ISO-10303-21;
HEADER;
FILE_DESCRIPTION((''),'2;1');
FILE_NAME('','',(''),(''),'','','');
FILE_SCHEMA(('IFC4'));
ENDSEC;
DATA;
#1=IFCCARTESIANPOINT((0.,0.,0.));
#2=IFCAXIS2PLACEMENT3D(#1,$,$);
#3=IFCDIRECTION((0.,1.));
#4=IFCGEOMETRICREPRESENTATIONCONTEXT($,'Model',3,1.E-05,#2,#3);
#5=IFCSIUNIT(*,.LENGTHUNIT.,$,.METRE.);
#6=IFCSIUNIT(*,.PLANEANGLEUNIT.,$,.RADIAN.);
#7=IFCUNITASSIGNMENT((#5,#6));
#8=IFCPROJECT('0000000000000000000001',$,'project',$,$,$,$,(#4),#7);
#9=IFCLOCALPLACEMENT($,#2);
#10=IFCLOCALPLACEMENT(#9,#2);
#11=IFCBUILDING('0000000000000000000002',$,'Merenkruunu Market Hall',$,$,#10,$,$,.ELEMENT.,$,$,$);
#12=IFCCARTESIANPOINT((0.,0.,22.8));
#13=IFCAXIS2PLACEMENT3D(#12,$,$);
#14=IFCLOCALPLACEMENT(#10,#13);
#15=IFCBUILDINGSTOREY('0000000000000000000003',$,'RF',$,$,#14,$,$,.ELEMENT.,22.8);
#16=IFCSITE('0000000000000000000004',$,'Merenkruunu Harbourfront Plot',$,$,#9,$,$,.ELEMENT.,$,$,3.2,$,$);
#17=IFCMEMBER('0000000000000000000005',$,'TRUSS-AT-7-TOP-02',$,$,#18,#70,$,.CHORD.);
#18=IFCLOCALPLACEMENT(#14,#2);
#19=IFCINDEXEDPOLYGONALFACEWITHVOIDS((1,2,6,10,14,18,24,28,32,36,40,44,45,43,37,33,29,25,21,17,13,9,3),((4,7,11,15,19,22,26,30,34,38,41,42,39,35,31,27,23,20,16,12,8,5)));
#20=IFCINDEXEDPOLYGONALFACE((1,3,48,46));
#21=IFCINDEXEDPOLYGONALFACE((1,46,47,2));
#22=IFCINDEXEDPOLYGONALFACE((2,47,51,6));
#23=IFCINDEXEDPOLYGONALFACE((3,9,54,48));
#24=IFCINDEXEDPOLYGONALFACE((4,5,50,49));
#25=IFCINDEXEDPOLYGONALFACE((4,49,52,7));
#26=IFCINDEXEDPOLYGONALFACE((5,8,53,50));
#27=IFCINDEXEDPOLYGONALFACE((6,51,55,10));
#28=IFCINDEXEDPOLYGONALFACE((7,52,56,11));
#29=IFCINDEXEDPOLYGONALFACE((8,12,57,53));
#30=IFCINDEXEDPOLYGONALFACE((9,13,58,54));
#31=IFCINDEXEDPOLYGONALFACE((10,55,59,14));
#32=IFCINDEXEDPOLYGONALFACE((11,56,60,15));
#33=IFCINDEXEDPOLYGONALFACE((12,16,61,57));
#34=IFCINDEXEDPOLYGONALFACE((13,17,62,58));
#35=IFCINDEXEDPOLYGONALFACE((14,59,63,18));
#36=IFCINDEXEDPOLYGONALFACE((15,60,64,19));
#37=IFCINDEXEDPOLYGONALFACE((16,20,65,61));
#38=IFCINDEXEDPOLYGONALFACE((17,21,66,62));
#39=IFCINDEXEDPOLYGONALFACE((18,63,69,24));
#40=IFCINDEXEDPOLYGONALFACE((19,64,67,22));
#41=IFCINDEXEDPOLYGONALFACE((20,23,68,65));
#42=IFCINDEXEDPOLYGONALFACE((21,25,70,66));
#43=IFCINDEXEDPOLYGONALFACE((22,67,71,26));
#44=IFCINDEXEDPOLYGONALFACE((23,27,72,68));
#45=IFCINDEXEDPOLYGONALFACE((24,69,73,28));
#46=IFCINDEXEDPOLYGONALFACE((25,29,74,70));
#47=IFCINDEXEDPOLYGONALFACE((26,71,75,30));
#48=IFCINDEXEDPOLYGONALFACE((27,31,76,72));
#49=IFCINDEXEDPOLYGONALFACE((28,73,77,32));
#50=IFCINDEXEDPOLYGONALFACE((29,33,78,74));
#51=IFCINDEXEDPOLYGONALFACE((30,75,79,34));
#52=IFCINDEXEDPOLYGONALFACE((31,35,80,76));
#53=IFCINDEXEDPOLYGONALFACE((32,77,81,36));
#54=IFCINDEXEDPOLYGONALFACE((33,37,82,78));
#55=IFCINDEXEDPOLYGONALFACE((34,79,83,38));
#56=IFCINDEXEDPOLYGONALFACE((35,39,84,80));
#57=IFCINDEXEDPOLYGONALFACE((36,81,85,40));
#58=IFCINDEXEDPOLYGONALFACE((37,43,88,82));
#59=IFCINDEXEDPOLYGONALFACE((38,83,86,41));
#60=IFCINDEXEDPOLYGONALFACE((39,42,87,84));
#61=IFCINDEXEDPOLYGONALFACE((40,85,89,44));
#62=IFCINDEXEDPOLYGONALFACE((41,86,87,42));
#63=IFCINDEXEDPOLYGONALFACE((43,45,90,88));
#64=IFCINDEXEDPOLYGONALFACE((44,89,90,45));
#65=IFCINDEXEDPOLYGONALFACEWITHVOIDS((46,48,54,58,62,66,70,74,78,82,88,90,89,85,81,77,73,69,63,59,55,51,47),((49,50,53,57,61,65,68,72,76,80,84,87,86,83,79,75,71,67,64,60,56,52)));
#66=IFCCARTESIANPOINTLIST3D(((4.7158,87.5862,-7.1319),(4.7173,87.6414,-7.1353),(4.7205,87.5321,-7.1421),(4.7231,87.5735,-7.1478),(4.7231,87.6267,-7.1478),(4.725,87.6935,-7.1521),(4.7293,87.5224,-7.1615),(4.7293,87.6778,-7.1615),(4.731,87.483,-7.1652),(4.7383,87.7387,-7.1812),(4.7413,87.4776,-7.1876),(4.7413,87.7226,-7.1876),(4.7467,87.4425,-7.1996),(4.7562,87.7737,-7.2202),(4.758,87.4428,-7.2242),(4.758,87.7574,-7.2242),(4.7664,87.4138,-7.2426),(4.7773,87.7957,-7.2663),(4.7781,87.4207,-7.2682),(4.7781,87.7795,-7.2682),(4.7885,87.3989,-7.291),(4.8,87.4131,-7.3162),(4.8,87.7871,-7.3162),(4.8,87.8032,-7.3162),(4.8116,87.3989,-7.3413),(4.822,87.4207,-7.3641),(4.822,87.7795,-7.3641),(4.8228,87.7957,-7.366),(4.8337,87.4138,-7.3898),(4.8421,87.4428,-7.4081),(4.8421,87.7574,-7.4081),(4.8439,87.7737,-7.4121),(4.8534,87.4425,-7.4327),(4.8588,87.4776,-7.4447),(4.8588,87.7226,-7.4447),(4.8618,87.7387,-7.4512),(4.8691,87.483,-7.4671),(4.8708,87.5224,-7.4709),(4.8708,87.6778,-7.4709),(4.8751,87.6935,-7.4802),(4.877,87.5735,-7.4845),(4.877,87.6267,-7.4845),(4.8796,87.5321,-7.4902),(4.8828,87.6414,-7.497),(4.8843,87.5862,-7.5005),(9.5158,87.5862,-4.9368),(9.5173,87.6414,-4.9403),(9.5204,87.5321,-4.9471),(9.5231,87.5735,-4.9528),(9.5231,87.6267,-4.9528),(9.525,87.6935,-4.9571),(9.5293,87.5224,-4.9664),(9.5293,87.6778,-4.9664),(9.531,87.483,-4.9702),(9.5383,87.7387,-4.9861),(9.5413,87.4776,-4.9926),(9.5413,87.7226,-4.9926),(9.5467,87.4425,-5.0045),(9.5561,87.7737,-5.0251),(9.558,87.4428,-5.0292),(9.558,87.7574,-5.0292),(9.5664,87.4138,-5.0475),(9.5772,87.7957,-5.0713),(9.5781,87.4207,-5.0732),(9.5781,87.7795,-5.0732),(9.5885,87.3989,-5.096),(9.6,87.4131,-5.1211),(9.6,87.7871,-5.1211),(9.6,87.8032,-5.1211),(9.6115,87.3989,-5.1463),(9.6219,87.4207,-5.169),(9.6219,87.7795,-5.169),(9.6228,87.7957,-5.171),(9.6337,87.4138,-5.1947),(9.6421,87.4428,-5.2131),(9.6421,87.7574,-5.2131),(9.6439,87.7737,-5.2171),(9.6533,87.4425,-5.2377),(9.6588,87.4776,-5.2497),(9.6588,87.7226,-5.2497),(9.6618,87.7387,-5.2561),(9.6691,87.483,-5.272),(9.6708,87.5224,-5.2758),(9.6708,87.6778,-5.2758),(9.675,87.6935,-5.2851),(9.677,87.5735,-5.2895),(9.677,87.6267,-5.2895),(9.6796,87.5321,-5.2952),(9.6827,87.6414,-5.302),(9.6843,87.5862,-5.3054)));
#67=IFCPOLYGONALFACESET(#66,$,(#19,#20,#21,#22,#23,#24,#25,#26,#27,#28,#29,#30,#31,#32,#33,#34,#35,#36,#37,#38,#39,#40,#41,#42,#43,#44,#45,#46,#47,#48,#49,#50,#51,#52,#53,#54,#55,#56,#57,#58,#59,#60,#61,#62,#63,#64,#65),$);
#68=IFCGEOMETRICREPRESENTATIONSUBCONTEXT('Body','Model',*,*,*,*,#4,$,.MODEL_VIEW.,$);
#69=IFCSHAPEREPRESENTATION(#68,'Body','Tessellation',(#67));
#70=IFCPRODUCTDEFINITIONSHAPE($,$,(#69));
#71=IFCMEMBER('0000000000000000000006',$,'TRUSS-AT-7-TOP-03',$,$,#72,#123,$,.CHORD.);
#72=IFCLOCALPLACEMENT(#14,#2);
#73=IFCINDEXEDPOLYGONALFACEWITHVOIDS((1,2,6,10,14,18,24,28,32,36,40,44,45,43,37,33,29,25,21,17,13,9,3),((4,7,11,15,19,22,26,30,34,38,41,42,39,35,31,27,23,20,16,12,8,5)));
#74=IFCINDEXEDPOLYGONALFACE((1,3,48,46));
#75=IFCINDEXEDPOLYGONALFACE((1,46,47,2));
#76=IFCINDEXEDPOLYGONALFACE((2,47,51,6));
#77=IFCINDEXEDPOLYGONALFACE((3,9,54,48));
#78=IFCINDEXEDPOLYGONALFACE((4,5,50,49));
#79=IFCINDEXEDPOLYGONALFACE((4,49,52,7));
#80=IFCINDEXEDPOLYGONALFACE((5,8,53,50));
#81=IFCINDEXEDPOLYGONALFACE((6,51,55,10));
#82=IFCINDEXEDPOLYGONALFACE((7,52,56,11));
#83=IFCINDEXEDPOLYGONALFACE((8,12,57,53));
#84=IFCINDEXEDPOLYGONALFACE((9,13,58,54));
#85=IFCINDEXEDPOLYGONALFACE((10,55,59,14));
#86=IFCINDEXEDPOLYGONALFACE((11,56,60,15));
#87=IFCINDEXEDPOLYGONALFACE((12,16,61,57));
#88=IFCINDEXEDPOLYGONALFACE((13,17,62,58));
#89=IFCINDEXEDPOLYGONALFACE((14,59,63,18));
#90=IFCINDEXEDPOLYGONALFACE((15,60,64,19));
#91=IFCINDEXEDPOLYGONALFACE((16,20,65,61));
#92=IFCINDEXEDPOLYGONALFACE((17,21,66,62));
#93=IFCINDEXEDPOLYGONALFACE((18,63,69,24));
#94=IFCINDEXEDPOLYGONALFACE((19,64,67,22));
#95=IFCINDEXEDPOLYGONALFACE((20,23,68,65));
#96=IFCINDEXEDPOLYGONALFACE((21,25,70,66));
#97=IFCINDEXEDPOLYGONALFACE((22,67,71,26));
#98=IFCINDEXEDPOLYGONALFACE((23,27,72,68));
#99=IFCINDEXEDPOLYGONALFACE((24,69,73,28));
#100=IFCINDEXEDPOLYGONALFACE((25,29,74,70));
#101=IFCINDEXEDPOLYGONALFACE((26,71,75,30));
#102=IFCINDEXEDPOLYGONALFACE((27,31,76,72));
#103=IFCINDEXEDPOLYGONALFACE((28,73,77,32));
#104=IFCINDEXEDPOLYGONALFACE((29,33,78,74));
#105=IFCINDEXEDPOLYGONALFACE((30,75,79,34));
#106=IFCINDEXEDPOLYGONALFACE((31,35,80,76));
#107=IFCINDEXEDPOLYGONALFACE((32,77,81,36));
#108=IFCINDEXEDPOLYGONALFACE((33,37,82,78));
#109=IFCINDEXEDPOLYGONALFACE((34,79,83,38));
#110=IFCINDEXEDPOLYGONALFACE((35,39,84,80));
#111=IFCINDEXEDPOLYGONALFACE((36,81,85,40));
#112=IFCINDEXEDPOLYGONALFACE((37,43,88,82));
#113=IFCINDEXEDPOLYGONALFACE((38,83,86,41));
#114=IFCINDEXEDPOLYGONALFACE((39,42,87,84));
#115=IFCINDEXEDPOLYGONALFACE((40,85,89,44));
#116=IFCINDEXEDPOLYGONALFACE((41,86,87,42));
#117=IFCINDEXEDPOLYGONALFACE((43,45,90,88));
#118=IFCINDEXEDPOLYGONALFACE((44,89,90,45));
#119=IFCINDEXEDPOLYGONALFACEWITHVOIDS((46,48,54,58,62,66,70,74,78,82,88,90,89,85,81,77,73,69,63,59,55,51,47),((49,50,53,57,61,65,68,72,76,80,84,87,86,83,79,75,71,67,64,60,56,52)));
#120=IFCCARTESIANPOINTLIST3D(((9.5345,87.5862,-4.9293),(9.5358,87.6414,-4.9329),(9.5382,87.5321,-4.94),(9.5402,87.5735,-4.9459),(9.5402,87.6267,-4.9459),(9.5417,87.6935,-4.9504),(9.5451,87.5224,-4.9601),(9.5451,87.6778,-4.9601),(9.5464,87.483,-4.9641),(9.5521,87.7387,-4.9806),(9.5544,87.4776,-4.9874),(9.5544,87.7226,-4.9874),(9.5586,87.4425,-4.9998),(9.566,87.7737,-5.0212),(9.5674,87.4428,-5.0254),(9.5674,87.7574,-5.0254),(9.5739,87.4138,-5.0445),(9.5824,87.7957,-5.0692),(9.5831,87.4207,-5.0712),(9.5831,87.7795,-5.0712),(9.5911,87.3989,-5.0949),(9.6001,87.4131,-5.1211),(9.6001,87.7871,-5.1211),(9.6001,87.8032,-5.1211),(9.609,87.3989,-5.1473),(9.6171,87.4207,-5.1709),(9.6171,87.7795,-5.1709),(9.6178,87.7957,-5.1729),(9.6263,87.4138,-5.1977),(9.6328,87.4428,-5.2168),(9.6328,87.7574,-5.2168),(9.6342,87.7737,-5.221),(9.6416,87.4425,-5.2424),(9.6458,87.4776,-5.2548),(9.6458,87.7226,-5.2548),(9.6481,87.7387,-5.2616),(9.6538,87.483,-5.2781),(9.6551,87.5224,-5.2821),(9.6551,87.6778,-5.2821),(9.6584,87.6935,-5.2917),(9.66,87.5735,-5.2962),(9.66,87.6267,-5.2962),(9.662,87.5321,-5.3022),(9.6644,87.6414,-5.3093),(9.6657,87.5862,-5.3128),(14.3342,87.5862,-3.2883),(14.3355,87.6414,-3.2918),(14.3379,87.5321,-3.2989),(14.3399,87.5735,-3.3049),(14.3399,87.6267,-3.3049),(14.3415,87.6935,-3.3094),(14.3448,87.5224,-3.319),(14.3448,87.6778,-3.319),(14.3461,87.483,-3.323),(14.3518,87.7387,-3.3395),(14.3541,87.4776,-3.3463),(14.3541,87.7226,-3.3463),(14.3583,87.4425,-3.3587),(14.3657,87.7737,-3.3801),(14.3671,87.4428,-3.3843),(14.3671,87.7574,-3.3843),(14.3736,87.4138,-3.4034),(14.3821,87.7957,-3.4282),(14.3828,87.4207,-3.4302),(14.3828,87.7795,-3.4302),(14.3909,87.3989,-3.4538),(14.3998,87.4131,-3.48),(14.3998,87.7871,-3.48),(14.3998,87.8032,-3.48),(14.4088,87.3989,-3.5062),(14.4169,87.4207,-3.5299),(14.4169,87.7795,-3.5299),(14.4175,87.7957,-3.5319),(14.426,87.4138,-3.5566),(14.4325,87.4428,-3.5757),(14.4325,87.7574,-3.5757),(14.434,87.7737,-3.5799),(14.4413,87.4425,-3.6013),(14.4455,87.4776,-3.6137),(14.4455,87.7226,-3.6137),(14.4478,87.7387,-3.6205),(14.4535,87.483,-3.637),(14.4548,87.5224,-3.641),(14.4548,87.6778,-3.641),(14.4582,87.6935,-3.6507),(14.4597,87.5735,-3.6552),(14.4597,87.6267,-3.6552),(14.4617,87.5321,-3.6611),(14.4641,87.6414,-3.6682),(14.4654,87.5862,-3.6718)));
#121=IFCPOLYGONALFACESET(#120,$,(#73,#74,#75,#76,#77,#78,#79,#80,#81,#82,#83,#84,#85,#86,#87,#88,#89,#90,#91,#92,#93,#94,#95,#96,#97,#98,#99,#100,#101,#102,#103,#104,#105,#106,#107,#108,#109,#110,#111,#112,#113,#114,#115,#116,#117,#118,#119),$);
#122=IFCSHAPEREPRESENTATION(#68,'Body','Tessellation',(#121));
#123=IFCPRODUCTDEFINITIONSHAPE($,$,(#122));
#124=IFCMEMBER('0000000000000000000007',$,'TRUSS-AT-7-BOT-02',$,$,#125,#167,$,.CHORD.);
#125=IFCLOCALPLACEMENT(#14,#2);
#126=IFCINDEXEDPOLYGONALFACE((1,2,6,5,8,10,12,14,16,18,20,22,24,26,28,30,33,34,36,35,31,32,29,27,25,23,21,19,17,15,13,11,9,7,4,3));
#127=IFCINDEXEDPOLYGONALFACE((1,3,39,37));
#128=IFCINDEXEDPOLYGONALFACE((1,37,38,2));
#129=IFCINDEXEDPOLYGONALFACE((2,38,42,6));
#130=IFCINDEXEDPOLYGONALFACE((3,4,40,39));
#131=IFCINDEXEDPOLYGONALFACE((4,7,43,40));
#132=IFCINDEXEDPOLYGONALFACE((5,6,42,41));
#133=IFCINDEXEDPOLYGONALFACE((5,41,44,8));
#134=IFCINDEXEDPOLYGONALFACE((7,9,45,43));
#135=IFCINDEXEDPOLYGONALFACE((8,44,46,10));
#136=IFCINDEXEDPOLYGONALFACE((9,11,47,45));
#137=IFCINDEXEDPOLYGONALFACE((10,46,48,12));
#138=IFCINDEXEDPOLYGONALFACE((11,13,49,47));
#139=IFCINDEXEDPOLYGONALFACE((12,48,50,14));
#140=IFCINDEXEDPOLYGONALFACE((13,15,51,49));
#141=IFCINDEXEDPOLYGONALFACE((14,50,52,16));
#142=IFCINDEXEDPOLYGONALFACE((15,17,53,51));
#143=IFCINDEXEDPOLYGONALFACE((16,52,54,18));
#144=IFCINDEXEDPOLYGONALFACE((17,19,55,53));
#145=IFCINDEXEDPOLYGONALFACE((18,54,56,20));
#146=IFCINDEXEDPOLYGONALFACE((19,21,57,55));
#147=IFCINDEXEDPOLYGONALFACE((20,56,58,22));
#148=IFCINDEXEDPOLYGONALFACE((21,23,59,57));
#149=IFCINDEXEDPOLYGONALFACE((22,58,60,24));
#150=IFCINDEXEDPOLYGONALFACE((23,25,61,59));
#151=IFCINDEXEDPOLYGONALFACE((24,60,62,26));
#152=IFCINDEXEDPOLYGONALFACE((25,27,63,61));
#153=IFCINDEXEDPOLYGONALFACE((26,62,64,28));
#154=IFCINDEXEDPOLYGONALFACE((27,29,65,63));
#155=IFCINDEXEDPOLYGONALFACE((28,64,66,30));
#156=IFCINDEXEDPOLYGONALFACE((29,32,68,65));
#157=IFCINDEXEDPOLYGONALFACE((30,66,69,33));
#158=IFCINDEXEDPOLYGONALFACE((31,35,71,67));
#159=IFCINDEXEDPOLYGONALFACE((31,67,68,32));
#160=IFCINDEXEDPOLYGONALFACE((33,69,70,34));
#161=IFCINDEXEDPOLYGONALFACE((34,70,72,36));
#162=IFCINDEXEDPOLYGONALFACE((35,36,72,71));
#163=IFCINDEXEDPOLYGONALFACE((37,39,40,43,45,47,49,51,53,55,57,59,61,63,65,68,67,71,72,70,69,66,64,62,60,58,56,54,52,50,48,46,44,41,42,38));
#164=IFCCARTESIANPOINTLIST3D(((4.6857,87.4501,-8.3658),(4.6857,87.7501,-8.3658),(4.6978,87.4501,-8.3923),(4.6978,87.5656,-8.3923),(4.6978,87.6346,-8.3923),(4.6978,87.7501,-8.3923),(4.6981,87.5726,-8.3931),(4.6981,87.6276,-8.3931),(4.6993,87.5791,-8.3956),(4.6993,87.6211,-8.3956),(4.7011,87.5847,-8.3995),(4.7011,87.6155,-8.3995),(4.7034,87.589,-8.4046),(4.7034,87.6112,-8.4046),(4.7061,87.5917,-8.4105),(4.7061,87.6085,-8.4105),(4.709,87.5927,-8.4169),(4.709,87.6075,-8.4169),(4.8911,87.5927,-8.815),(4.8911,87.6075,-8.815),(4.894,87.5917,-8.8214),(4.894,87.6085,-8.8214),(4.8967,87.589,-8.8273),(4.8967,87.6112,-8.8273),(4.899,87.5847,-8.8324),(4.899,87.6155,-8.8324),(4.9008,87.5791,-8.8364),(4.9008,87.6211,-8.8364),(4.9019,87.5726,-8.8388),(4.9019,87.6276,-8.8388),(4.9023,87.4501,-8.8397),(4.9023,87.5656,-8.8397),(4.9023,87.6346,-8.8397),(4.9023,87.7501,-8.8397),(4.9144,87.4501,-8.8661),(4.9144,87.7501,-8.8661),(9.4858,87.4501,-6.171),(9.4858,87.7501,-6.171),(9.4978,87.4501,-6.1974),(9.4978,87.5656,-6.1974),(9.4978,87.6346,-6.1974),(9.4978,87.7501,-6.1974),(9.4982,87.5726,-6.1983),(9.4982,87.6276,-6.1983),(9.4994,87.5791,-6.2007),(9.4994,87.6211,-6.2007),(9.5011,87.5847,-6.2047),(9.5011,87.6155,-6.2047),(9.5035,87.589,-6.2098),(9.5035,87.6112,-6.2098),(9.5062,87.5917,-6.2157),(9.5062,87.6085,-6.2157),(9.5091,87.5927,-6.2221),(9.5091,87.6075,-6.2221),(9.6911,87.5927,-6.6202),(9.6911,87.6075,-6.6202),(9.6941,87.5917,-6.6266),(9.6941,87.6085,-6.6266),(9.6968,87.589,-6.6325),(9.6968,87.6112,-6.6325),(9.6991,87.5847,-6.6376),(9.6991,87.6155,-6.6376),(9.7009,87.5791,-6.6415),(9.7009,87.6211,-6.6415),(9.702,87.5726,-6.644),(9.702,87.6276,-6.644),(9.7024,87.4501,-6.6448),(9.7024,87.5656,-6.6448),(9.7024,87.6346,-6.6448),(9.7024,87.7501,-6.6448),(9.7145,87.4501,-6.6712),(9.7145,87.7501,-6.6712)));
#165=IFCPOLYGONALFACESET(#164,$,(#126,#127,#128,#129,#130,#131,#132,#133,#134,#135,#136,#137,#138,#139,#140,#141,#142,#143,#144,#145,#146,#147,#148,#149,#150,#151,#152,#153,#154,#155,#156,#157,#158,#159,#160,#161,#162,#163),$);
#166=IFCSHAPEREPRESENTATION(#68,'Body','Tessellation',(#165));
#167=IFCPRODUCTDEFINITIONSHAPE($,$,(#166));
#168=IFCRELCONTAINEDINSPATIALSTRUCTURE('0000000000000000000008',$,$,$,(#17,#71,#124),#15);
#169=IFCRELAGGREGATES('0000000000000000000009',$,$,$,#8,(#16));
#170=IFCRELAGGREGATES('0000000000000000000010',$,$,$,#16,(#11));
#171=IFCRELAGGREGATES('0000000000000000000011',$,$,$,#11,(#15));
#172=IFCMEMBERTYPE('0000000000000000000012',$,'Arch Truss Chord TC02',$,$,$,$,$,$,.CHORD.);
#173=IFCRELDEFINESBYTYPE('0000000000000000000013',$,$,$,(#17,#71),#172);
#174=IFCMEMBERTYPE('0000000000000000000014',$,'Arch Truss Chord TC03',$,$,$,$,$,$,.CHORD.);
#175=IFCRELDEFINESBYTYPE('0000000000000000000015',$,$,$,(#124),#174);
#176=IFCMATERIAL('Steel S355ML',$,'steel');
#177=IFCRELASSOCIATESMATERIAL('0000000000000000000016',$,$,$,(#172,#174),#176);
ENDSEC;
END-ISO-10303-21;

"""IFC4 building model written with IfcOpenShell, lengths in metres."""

from ifc_helpers import new_model, si_unit, direction, frame, origin, origin_2d, place, context, subcontext, project, spatial, hollow_circle, i_section, extrude, material, material_profile, profile_set, type_object, element, save


model = new_model("IFC4")

# Units and contexts
model_context = context("Model", 3, precision=1e-05, world=origin(), true_north=direction((0.0, 1.0)))
body_context = subcontext(model_context, "Body", "Model", "MODEL_VIEW")
ifc_project = project(units=[si_unit("LENGTHUNIT", "METRE"), si_unit("PLANEANGLEUNIT", "RADIAN")], contexts=[model_context])

# Site, building, storey
site_placement = place(None, origin())
site = spatial("IfcSite", under=ifc_project, at=site_placement, Name="Merenkruunu Harbourfront Plot", CompositionType="ELEMENT", RefElevation=3.2)
building_placement = place(site_placement, origin())
building = spatial("IfcBuilding", under=site, at=building_placement, Name="Merenkruunu Market Hall", CompositionType="ELEMENT")
storey_placement = place(building_placement, frame((0.0, 0.0, 22.8)))
storey = spatial("IfcBuildingStorey", under=building, at=storey_placement, Name="RF", CompositionType="ELEMENT", Elevation=22.8)

# Members
ifc_material_1 = material(Name="Steel S355ML", Category="steel")
ifc_material_profile_1 = material_profile(ifc_material_1, hollow_circle(Radius=0.2031, WallThickness=0.0161, at=origin_2d()), Name="CHS 406.4x16")
ifc_profile_set_1 = profile_set([ifc_material_profile_1], Name="Steel S355ML")
member_type_1 = type_object("IfcMemberType", Name="Arch Truss Chord TC02", PredefinedType="CHORD", material=ifc_profile_set_1)
member_1_placement = place(storey_placement, frame((4.8, 87.6001, -7.3162), z_axis=(0.90942, 0.0, 0.415879), x_axis=(0.0, 1.0, 0.0)))
element("IfcMember", 1, at=member_1_placement, inside=storey, type_object=member_type_1, Name="TRUSS-AT-7-TOP-02", PredefinedType="CHORD", context=body_context, shape_type="SweptSolid", body=[
    extrude(hollow_circle(Radius=0.2031, WallThickness=0.0161, at=origin_2d()), origin(), (0.0, 0.0, 1.0), 5.2781),
])
member_2_placement = place(storey_placement, frame((9.6001, 87.6001, -5.1211), z_axis=(0.94622, 0.0, 0.323524), x_axis=(0.0, 1.0, 0.0)))
element("IfcMember", 2, at=member_2_placement, inside=storey, type_object=member_type_1, Name="TRUSS-AT-7-TOP-03", PredefinedType="CHORD", context=body_context, shape_type="SweptSolid", body=[
    extrude(hollow_circle(Radius=0.2031, WallThickness=0.0161, at=origin_2d()), origin(), (0.0, 0.0, 1.0), 5.0725),
])
ifc_material_profile_2 = material_profile(ifc_material_1, i_section(OverallWidth=0.3, OverallDepth=0.55, WebThickness=0.0149, FlangeThickness=0.0291, FilletRadius=0.0271, at=origin_2d()), Name="HEB 550")
ifc_profile_set_2 = profile_set([ifc_material_profile_2], Name="Steel S355ML")
member_type_2 = type_object("IfcMemberType", Name="Arch Truss Chord TC03", PredefinedType="CHORD", material=ifc_profile_set_2)
member_3_placement = place(storey_placement, frame((4.8, 87.6001, -8.616), z_axis=(0.909437, 0.0, 0.415841), x_axis=(0.0, 1.0, 0.0)))
element("IfcMember", 3, at=member_3_placement, inside=storey, type_object=member_type_2, Name="TRUSS-AT-7-BOT-02", PredefinedType="CHORD", context=body_context, shape_type="SweptSolid", body=[
    extrude(i_section(OverallWidth=0.3, OverallDepth=0.55, WebThickness=0.0149, FlangeThickness=0.0291, FilletRadius=0.0271, at=origin_2d()), origin(), (0.0, 0.0, 1.0), 5.2781),
])

save(model, "model.ifc")
